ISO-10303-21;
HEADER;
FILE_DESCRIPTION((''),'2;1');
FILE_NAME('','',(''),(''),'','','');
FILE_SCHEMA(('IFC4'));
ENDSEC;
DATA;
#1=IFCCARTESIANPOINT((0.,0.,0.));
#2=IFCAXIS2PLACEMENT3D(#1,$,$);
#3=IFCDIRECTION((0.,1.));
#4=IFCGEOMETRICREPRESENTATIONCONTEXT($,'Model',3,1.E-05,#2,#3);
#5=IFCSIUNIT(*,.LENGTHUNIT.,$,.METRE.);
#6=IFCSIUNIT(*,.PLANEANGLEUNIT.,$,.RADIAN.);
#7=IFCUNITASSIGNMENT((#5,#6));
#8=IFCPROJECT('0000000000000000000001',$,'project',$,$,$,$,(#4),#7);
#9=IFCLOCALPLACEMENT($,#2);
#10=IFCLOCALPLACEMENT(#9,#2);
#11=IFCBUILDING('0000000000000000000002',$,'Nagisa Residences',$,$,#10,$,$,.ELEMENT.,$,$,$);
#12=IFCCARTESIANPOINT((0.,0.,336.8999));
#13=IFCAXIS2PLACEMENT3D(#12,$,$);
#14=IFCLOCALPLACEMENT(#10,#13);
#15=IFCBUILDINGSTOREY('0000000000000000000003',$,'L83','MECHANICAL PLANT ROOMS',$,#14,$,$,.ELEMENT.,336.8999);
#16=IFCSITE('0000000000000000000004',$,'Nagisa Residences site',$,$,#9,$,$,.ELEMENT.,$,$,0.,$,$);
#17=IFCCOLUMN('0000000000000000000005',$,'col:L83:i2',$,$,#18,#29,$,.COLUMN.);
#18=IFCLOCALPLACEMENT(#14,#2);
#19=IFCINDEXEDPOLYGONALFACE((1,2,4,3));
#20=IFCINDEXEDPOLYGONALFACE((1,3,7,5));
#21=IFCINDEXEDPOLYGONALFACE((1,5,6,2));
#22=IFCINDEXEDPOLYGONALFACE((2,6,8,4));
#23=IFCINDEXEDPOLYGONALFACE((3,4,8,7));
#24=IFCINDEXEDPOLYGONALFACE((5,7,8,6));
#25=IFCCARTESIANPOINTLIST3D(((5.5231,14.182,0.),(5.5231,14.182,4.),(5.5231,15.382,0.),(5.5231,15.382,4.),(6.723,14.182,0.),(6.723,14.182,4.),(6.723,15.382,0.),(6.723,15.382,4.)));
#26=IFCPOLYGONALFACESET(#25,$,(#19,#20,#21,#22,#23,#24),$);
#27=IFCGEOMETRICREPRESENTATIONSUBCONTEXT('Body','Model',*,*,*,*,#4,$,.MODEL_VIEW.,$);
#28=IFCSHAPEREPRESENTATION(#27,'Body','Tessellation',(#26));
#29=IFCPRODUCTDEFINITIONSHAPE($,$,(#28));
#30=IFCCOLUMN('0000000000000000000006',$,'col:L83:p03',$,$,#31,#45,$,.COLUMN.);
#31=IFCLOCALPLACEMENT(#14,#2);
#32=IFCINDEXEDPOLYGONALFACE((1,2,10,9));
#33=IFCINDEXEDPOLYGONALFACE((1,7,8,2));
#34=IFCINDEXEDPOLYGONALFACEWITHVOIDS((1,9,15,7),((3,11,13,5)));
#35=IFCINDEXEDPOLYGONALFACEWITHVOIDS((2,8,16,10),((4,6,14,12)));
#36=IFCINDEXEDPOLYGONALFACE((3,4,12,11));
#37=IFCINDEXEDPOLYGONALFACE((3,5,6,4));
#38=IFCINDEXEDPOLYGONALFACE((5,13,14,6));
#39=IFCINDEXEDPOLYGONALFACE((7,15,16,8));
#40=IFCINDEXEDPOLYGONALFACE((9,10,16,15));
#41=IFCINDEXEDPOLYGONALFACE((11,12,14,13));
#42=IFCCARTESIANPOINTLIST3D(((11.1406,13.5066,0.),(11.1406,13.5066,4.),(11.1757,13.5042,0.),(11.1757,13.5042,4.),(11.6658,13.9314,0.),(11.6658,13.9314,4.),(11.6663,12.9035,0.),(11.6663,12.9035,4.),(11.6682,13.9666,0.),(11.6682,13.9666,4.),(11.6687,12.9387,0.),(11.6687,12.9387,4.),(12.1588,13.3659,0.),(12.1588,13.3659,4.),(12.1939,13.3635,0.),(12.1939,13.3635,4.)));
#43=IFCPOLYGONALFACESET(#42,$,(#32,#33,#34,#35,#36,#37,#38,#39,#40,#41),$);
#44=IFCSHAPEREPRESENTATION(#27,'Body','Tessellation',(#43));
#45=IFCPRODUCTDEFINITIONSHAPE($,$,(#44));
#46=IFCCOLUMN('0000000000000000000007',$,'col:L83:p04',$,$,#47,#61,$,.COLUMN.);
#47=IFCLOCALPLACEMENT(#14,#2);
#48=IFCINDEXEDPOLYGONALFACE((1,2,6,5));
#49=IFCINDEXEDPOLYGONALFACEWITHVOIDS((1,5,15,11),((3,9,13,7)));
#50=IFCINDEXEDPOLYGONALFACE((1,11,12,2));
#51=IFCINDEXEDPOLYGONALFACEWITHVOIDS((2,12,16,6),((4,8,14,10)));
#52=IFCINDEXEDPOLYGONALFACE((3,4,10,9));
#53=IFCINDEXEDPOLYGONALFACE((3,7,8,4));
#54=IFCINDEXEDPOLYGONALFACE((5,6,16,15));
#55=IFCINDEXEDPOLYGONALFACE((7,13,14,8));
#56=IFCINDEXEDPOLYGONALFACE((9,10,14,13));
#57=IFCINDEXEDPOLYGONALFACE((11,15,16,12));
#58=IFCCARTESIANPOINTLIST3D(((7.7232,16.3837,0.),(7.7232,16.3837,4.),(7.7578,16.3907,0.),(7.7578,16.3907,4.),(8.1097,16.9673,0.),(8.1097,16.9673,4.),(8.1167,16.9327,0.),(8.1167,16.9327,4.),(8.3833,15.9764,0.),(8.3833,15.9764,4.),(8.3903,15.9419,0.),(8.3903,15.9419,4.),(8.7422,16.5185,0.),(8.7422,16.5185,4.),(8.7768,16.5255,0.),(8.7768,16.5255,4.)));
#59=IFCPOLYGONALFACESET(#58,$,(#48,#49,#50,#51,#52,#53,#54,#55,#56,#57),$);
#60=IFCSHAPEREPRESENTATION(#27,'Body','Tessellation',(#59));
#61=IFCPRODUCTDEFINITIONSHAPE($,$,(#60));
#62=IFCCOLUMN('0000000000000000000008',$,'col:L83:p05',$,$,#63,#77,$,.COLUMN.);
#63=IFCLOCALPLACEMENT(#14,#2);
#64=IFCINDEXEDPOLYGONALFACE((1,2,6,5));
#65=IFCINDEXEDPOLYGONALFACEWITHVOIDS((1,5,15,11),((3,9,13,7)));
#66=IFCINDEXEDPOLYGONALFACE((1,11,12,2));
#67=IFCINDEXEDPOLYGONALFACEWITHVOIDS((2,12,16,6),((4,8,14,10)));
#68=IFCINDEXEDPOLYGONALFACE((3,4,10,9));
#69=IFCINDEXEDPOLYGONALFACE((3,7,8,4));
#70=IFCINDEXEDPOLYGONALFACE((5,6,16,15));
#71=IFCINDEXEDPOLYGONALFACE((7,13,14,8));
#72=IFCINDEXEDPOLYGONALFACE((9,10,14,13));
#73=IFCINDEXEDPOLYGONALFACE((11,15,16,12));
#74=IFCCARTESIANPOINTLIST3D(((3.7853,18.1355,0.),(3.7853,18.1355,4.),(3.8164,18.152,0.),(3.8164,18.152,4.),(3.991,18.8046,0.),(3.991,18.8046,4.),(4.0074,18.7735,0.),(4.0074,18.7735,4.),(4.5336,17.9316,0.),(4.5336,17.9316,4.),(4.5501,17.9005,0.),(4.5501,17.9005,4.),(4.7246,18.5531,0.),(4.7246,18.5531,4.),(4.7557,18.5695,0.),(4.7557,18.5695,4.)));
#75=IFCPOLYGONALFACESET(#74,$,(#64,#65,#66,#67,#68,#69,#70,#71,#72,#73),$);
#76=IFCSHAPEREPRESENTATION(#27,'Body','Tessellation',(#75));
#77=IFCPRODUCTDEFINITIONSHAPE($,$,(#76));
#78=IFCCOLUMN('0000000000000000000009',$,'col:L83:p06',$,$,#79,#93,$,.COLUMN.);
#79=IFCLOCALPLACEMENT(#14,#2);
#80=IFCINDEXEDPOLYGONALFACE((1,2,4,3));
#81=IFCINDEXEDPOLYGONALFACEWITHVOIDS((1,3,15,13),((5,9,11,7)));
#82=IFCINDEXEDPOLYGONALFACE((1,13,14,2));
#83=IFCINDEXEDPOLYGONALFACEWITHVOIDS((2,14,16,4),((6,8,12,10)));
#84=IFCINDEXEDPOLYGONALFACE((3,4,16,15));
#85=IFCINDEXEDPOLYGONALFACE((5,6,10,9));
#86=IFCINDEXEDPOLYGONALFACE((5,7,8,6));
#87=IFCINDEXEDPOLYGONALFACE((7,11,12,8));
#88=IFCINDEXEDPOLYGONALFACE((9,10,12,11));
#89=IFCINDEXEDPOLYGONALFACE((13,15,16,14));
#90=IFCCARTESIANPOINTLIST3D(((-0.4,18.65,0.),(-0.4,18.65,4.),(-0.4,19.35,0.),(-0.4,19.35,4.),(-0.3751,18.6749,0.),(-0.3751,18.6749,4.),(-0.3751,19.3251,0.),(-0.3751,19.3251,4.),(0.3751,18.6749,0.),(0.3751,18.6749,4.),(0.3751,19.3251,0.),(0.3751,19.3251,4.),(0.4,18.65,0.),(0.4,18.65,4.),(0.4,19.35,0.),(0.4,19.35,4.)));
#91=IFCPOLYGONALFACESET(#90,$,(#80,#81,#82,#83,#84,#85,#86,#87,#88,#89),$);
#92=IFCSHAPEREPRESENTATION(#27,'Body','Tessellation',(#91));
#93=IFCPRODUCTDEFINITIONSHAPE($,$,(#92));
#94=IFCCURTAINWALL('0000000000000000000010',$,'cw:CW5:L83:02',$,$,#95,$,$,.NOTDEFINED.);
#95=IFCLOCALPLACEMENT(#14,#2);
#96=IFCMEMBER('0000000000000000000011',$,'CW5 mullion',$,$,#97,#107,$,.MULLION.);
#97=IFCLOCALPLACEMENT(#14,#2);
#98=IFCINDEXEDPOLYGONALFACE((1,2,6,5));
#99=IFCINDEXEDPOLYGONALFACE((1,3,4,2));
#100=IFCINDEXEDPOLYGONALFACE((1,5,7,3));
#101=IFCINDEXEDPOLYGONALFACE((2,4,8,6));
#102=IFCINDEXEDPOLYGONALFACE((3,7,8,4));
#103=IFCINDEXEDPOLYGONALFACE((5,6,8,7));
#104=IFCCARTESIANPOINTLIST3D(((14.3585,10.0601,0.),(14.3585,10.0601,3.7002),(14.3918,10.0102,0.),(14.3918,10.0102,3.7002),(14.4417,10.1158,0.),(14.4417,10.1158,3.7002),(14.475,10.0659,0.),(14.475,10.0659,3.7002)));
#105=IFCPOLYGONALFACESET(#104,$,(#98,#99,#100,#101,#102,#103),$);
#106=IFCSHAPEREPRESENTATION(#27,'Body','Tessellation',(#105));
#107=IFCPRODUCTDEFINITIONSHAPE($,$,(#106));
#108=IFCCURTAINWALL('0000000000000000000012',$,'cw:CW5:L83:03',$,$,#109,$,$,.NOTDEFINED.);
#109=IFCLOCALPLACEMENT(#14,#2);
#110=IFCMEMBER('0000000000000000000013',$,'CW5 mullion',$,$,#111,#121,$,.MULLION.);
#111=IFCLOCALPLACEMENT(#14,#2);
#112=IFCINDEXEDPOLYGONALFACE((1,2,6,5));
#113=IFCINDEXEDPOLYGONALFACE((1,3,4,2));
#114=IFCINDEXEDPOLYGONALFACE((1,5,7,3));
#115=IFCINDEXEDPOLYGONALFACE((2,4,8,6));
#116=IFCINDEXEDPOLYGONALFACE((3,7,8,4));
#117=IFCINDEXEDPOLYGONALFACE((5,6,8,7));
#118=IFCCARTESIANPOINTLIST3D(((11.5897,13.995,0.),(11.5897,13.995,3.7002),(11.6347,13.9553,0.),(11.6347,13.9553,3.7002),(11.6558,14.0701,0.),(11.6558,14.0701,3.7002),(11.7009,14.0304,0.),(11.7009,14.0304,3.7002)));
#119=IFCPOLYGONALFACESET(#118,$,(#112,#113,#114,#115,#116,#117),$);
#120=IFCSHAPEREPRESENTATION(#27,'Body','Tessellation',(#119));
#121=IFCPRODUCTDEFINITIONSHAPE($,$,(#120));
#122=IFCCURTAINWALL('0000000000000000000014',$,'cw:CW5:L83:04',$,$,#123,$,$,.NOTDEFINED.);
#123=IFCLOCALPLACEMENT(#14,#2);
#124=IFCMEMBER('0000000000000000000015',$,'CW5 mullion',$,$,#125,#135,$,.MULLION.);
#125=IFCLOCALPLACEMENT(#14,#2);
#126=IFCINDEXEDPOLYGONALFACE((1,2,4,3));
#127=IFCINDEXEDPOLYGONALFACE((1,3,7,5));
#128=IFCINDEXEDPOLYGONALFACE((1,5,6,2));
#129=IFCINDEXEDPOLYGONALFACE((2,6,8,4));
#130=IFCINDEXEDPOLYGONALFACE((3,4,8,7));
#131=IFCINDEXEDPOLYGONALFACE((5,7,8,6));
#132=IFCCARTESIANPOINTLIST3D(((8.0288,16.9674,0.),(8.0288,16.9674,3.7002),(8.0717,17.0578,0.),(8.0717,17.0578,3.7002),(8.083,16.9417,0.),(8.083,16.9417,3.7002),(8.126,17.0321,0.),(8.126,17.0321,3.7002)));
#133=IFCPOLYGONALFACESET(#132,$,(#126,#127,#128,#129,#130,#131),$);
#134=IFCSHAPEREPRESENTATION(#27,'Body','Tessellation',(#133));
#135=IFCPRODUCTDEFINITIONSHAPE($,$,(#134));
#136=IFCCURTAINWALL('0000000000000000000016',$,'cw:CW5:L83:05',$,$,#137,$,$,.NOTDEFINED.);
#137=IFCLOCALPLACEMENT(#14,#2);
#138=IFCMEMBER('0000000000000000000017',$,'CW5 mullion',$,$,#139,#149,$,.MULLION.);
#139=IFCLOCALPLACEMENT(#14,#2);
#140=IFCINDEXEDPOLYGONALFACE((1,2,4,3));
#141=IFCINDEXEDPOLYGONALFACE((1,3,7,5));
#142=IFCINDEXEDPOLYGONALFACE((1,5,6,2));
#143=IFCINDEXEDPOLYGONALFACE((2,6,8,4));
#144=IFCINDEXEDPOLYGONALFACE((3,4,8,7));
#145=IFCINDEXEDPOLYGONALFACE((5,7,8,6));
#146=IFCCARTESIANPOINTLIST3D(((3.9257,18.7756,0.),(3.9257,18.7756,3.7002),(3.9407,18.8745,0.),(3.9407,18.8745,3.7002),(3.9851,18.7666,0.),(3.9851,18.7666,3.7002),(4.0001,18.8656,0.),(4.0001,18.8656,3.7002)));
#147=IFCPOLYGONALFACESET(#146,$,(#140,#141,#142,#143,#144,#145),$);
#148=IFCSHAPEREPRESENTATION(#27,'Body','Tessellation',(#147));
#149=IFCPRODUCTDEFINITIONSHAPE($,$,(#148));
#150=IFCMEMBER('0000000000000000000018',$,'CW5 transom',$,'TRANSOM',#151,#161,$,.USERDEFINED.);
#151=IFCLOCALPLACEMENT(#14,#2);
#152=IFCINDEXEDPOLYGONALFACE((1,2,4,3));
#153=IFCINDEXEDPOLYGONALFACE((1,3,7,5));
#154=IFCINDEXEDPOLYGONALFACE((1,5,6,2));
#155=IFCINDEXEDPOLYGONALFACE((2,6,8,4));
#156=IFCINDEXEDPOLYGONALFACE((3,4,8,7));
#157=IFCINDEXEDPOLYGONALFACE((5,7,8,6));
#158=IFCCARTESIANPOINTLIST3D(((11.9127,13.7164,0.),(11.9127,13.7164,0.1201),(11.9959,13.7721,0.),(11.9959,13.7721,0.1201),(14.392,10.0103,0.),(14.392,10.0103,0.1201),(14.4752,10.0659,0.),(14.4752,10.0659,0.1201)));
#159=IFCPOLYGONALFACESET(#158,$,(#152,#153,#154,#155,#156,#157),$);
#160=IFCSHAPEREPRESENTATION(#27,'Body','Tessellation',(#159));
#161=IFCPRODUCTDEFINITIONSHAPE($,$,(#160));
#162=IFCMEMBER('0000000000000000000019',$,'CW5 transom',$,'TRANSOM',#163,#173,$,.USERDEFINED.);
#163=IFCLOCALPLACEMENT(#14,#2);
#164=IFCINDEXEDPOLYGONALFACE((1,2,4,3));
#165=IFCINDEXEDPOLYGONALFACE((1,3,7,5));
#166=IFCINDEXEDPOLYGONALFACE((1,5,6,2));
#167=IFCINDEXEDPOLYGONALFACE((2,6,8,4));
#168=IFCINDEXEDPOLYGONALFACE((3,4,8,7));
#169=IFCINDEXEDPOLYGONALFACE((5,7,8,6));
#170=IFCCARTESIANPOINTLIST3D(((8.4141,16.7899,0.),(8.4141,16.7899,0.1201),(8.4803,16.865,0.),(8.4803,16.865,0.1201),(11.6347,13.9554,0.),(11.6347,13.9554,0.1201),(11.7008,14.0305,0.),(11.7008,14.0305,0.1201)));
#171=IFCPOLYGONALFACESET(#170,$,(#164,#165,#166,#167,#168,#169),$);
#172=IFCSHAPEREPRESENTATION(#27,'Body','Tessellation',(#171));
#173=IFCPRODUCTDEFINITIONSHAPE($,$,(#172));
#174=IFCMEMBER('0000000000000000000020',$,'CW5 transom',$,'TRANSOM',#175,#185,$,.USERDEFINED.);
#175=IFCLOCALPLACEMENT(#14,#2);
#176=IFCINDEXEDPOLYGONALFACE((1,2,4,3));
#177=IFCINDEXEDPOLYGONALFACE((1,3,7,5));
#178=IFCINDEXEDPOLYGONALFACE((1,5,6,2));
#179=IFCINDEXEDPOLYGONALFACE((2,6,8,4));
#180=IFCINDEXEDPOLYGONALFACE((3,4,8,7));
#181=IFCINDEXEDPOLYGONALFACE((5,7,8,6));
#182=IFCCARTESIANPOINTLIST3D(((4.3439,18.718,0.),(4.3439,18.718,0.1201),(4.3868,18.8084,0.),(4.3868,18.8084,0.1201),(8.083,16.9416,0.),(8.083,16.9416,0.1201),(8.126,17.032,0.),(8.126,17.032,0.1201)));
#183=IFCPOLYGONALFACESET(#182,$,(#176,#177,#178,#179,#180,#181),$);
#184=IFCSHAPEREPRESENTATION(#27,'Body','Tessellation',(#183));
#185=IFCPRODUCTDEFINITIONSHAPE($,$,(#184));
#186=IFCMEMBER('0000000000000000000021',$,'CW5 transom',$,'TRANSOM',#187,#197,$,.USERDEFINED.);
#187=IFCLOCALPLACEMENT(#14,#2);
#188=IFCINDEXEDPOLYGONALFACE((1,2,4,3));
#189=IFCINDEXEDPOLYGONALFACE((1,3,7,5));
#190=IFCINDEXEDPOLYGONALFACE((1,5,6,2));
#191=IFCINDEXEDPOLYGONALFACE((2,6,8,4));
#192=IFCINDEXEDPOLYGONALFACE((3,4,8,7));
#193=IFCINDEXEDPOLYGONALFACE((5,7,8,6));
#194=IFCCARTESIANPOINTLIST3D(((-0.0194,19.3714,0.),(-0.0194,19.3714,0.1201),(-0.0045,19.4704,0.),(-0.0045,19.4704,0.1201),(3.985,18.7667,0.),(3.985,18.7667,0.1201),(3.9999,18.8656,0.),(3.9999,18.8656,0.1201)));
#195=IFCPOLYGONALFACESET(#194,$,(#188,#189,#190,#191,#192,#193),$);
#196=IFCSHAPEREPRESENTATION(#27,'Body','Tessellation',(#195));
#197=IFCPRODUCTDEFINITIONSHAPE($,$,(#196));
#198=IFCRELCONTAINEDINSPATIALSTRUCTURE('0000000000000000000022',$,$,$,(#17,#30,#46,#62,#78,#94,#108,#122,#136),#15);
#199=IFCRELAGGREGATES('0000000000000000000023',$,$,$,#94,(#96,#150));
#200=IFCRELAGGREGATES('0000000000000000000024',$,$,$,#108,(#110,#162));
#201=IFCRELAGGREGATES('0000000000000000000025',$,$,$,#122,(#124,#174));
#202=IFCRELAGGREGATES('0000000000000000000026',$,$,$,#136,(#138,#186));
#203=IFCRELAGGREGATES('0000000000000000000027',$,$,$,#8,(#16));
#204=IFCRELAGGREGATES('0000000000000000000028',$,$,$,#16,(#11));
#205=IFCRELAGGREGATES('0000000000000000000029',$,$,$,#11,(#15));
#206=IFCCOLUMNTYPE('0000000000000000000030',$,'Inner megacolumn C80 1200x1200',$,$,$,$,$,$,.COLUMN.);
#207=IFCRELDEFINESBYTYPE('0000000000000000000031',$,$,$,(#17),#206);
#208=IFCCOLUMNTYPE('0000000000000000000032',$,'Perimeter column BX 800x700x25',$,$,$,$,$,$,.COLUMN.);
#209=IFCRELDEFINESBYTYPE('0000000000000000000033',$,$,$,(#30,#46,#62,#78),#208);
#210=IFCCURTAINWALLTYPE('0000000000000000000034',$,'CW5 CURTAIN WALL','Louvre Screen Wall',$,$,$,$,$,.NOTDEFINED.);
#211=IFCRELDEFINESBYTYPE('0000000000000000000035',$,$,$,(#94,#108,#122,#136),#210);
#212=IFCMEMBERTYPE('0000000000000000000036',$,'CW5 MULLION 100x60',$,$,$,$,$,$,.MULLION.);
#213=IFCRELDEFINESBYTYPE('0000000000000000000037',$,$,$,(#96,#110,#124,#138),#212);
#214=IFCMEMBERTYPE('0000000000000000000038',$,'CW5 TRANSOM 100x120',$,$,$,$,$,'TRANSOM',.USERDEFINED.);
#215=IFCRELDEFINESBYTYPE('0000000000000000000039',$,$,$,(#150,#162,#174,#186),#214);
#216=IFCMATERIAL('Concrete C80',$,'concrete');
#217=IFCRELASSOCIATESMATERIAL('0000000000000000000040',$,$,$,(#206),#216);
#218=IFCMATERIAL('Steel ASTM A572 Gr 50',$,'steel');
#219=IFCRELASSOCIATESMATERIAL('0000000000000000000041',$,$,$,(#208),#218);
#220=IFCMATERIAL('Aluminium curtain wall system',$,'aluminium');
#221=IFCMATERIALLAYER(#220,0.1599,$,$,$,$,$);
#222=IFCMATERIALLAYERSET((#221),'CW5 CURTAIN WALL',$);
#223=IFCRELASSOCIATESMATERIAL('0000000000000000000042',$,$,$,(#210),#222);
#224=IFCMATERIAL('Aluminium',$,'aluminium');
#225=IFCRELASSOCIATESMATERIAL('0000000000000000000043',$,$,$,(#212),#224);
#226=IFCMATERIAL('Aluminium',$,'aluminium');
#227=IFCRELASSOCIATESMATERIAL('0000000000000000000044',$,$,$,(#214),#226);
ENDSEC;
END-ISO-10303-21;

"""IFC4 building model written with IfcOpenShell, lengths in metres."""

from ifc_helpers import new_model, si_unit, direction, frame, origin, origin_2d, place, context, subcontext, project, spatial, rectangle, hollow_rectangle, extrude, material, layer, layer_set, material_profile, profile_set, type_object, element, aggregate, save


model = new_model("IFC4")

# Units and contexts
model_context = context("Model", 3, precision=1e-05, world=origin(), true_north=direction((0.0, 1.0)))
body_context = subcontext(model_context, "Body", "Model", "MODEL_VIEW")
ifc_project = project(units=[si_unit("LENGTHUNIT", "METRE"), si_unit("PLANEANGLEUNIT", "RADIAN")], contexts=[model_context])

# Site, building, storey
site_placement = place(None, origin())
site = spatial("IfcSite", under=ifc_project, at=site_placement, Name="Nagisa Residences site", CompositionType="ELEMENT", RefElevation=0.0)
building_placement = place(site_placement, origin())
building = spatial("IfcBuilding", under=site, at=building_placement, Name="Nagisa Residences", CompositionType="ELEMENT")
storey_placement = place(building_placement, frame((0.0, 0.0, 336.8999)))
storey = spatial("IfcBuildingStorey", under=building, at=storey_placement, Name="L83", Description="MECHANICAL PLANT ROOMS", CompositionType="ELEMENT", Elevation=336.8999)

# Columns
ifc_material_1 = material(Name="Concrete C80", Category="concrete")
ifc_material_profile_1 = material_profile(ifc_material_1, rectangle(XDim=1.2, YDim=1.2, at=origin_2d()), Name="C80 1200x1200")
ifc_profile_set_1 = profile_set([ifc_material_profile_1], Name="Concrete C80")
column_type_1 = type_object("IfcColumnType", Name="Inner megacolumn C80 1200x1200", PredefinedType="COLUMN", material=ifc_profile_set_1)
column_placement = place(storey_placement, frame((6.123, 14.782, 0.0), z_axis=(0.0, 0.0, 1.0), x_axis=(1.0, 0.0, 0.0)))
element("IfcColumn", 1, at=column_placement, inside=storey, type_object=column_type_1, Name="col:L83:i2", PredefinedType="COLUMN", context=body_context, shape_type="SweptSolid", body=[
    extrude(rectangle(XDim=1.2, YDim=1.2, at=origin_2d()), origin(), (0.0, 0.0, 1.0), 4.0),
])
ifc_material_2 = material(Name="Steel ASTM A572 Gr 50", Category="steel")
ifc_material_profile_2 = material_profile(ifc_material_2, hollow_rectangle(XDim=0.8, YDim=0.7, WallThickness=0.0249, at=origin_2d()), Name="BX 800x700x25")
ifc_profile_set_2 = profile_set([ifc_material_profile_2], Name="Steel ASTM A572 Gr 50")
column_type_2 = type_object("IfcColumnType", Name="Perimeter column BX 800x700x25", PredefinedType="COLUMN", material=ifc_profile_set_2)
for number, where, z_axis, x_axis, name in (
    (2, (11.6672, 13.4351, 0.0), (0.0, 0.0, 1.0), (-0.657135, 0.753773, 0.0), "col:L83:p03"),
    (3, (8.25, 16.4546, 0.0), (0.0, 0.0, 1.0), (-0.833744, 0.552151, 0.0), "col:L83:p04"),
    (4, (4.2705, 18.3525, 0.0), (0.0, 0.0, 1.0), (-0.95587, 0.29379, 0.0), "col:L83:p05"),
    (5, (0.0, 19.0, 0.0), (0.0, 0.0, 1.0), (-1.0, 0.0, 0.0), "col:L83:p06"),
):
    element("IfcColumn", number, at=place(storey_placement, frame(where, z_axis=z_axis, x_axis=x_axis)), inside=storey, type_object=column_type_2, Name=name, PredefinedType="COLUMN", context=body_context, shape_type="SweptSolid", body=[
        extrude(hollow_rectangle(XDim=0.8, YDim=0.7, WallThickness=0.0249, at=origin_2d()), origin(), (0.0, 0.0, 1.0), 4.0),
    ])

# Curtain walls, members
ifc_material_3 = material(Name="Aluminium curtain wall system", Category="aluminium")
ifc_layer_1 = layer(ifc_material_3, 0.1599)
ifc_layer_set_1 = layer_set([ifc_layer_1], Name="CW5 CURTAIN WALL")
curtain_wall_type = type_object("IfcCurtainWallType", Name="CW5 CURTAIN WALL", Description="Louvre Screen Wall", PredefinedType="NOTDEFINED", material=ifc_layer_set_1)
curtain_wall_1_placement = place(storey_placement, origin())
curtain_wall_1 = element("IfcCurtainWall", 6, at=curtain_wall_1_placement, inside=storey, type_object=curtain_wall_type, Name="cw:CW5:L83:02", PredefinedType="NOTDEFINED")
ifc_material_4 = material(Name="Aluminium", Category="aluminium")
ifc_material_profile_3 = material_profile(ifc_material_4, rectangle(XDim=0.1001, YDim=0.0601, at=origin_2d()), Name="CW5 MULLION 100x60")
ifc_profile_set_3 = profile_set([ifc_material_profile_3], Name="Aluminium")
member_type_1 = type_object("IfcMemberType", Name="CW5 MULLION 100x60", PredefinedType="MULLION", material=ifc_profile_set_3)
member_1_placement = place(storey_placement, frame((14.4167, 10.063, 0.0), z_axis=(0.0, 0.0, 1.0), x_axis=(-0.831173, -0.556014, 0.0)))
member_1 = element("IfcMember", 7, at=member_1_placement, type_object=member_type_1, Name="CW5 mullion", PredefinedType="MULLION", context=body_context, shape_type="SweptSolid", body=[
    extrude(rectangle(XDim=0.1001, YDim=0.0601, at=origin_2d()), origin(), (0.0, 0.0, 1.0), 3.7002),
])
curtain_wall_2_placement = place(storey_placement, origin())
curtain_wall_2 = element("IfcCurtainWall", 8, at=curtain_wall_2_placement, inside=storey, type_object=curtain_wall_type, Name="cw:CW5:L83:03", PredefinedType="NOTDEFINED")
member_2_placement = place(storey_placement, frame((11.6453, 14.0127, 0.0), z_axis=(0.0, 0.0, 1.0), x_axis=(-0.660699, -0.750651, 0.0)))
member_2 = element("IfcMember", 9, at=member_2_placement, type_object=member_type_1, Name="CW5 mullion", PredefinedType="MULLION", context=body_context, shape_type="SweptSolid", body=[
    extrude(rectangle(XDim=0.1001, YDim=0.0601, at=origin_2d()), origin(), (0.0, 0.0, 1.0), 3.7002),
])
curtain_wall_3_placement = place(storey_placement, origin())
curtain_wall_3 = element("IfcCurtainWall", 10, at=curtain_wall_3_placement, inside=storey, type_object=curtain_wall_type, Name="cw:CW5:L83:04", PredefinedType="NOTDEFINED")
member_3_placement = place(storey_placement, frame((8.0774, 16.9998, 0.0), z_axis=(0.0, 0.0, 1.0), x_axis=(-0.429151, -0.903233, 0.0)))
member_3 = element("IfcMember", 11, at=member_3_placement, type_object=member_type_1, Name="CW5 mullion", PredefinedType="MULLION", context=body_context, shape_type="SweptSolid", body=[
    extrude(rectangle(XDim=0.1001, YDim=0.0601, at=origin_2d()), origin(), (0.0, 0.0, 1.0), 3.7002),
])
curtain_wall_4_placement = place(storey_placement, origin())
curtain_wall_4 = element("IfcCurtainWall", 12, at=curtain_wall_4_placement, inside=storey, type_object=curtain_wall_type, Name="cw:CW5:L83:05", PredefinedType="NOTDEFINED")
member_4_placement = place(storey_placement, frame((3.9629, 18.8206, 0.0), z_axis=(0.0, 0.0, 1.0), x_axis=(-0.14932, -0.988789, 0.0)))
member_4 = element("IfcMember", 13, at=member_4_placement, type_object=member_type_1, Name="CW5 mullion", PredefinedType="MULLION", context=body_context, shape_type="SweptSolid", body=[
    extrude(rectangle(XDim=0.1001, YDim=0.0601, at=origin_2d()), origin(), (0.0, 0.0, 1.0), 3.7002),
])

# Members
ifc_material_5 = material(Name="Aluminium", Category="aluminium")
ifc_material_profile_4 = material_profile(ifc_material_5, rectangle(XDim=0.1001, YDim=0.1201, at=origin_2d()), Name="CW5 TRANSOM 100x120")
ifc_profile_set_4 = profile_set([ifc_material_profile_4], Name="Aluminium")
member_type_2 = type_object("IfcMemberType", Name="CW5 TRANSOM 100x120", ElementType="TRANSOM", PredefinedType="USERDEFINED", material=ifc_profile_set_4)
member_5_placement = place(storey_placement, frame((14.4336, 10.0381, 0.0601), z_axis=(-0.556026, 0.831165, 0.0), x_axis=(-0.831165, -0.556026, 0.0)))
member_5 = element("IfcMember", 14, at=member_5_placement, type_object=member_type_2, Name="CW5 transom", ObjectType="TRANSOM", PredefinedType="USERDEFINED", context=body_context, shape_type="SweptSolid", body=[
    extrude(rectangle(XDim=0.1001, YDim=0.1201, at=origin_2d()), origin(), (0.0, 0.0, 1.0), 4.459),
])
member_6_placement = place(storey_placement, frame((11.6677, 13.9929, 0.0601), z_axis=(-0.750659, 0.660689, 0.0), x_axis=(-0.660689, -0.750659, 0.0)))
member_6 = element("IfcMember", 15, at=member_6_placement, type_object=member_type_2, Name="CW5 transom", ObjectType="TRANSOM", PredefinedType="USERDEFINED", context=body_context, shape_type="SweptSolid", body=[
    extrude(rectangle(XDim=0.1001, YDim=0.1201, at=origin_2d()), origin(), (0.0, 0.0, 1.0), 4.2903),
])
member_7_placement = place(storey_placement, frame((8.1045, 16.9868, 0.0601), z_axis=(-0.903246, 0.429123, 0.0), x_axis=(-0.429123, -0.903246, 0.0)))
member_7 = element("IfcMember", 16, at=member_7_placement, type_object=member_type_2, Name="CW5 transom", ObjectType="TRANSOM", PredefinedType="USERDEFINED", context=body_context, shape_type="SweptSolid", body=[
    extrude(rectangle(XDim=0.1001, YDim=0.1201, at=origin_2d()), origin(), (0.0, 0.0, 1.0), 4.1396),
])
member_8_placement = place(storey_placement, frame((3.9924, 18.8162, 0.0601), z_axis=(-0.988788, 0.149325, 0.0), x_axis=(-0.149325, -0.988788, 0.0)))
member_8 = element("IfcMember", 17, at=member_8_placement, type_object=member_type_2, Name="CW5 transom", ObjectType="TRANSOM", PredefinedType="USERDEFINED", context=body_context, shape_type="SweptSolid", body=[
    extrude(rectangle(XDim=0.1001, YDim=0.1201, at=origin_2d()), origin(), (0.0, 0.0, 1.0), 4.0498),
])

aggregate(curtain_wall_1, [member_1, member_5])
aggregate(curtain_wall_2, [member_2, member_6])
aggregate(curtain_wall_3, [member_3, member_7])
aggregate(curtain_wall_4, [member_4, member_8])

save(model, "model.ifc")
